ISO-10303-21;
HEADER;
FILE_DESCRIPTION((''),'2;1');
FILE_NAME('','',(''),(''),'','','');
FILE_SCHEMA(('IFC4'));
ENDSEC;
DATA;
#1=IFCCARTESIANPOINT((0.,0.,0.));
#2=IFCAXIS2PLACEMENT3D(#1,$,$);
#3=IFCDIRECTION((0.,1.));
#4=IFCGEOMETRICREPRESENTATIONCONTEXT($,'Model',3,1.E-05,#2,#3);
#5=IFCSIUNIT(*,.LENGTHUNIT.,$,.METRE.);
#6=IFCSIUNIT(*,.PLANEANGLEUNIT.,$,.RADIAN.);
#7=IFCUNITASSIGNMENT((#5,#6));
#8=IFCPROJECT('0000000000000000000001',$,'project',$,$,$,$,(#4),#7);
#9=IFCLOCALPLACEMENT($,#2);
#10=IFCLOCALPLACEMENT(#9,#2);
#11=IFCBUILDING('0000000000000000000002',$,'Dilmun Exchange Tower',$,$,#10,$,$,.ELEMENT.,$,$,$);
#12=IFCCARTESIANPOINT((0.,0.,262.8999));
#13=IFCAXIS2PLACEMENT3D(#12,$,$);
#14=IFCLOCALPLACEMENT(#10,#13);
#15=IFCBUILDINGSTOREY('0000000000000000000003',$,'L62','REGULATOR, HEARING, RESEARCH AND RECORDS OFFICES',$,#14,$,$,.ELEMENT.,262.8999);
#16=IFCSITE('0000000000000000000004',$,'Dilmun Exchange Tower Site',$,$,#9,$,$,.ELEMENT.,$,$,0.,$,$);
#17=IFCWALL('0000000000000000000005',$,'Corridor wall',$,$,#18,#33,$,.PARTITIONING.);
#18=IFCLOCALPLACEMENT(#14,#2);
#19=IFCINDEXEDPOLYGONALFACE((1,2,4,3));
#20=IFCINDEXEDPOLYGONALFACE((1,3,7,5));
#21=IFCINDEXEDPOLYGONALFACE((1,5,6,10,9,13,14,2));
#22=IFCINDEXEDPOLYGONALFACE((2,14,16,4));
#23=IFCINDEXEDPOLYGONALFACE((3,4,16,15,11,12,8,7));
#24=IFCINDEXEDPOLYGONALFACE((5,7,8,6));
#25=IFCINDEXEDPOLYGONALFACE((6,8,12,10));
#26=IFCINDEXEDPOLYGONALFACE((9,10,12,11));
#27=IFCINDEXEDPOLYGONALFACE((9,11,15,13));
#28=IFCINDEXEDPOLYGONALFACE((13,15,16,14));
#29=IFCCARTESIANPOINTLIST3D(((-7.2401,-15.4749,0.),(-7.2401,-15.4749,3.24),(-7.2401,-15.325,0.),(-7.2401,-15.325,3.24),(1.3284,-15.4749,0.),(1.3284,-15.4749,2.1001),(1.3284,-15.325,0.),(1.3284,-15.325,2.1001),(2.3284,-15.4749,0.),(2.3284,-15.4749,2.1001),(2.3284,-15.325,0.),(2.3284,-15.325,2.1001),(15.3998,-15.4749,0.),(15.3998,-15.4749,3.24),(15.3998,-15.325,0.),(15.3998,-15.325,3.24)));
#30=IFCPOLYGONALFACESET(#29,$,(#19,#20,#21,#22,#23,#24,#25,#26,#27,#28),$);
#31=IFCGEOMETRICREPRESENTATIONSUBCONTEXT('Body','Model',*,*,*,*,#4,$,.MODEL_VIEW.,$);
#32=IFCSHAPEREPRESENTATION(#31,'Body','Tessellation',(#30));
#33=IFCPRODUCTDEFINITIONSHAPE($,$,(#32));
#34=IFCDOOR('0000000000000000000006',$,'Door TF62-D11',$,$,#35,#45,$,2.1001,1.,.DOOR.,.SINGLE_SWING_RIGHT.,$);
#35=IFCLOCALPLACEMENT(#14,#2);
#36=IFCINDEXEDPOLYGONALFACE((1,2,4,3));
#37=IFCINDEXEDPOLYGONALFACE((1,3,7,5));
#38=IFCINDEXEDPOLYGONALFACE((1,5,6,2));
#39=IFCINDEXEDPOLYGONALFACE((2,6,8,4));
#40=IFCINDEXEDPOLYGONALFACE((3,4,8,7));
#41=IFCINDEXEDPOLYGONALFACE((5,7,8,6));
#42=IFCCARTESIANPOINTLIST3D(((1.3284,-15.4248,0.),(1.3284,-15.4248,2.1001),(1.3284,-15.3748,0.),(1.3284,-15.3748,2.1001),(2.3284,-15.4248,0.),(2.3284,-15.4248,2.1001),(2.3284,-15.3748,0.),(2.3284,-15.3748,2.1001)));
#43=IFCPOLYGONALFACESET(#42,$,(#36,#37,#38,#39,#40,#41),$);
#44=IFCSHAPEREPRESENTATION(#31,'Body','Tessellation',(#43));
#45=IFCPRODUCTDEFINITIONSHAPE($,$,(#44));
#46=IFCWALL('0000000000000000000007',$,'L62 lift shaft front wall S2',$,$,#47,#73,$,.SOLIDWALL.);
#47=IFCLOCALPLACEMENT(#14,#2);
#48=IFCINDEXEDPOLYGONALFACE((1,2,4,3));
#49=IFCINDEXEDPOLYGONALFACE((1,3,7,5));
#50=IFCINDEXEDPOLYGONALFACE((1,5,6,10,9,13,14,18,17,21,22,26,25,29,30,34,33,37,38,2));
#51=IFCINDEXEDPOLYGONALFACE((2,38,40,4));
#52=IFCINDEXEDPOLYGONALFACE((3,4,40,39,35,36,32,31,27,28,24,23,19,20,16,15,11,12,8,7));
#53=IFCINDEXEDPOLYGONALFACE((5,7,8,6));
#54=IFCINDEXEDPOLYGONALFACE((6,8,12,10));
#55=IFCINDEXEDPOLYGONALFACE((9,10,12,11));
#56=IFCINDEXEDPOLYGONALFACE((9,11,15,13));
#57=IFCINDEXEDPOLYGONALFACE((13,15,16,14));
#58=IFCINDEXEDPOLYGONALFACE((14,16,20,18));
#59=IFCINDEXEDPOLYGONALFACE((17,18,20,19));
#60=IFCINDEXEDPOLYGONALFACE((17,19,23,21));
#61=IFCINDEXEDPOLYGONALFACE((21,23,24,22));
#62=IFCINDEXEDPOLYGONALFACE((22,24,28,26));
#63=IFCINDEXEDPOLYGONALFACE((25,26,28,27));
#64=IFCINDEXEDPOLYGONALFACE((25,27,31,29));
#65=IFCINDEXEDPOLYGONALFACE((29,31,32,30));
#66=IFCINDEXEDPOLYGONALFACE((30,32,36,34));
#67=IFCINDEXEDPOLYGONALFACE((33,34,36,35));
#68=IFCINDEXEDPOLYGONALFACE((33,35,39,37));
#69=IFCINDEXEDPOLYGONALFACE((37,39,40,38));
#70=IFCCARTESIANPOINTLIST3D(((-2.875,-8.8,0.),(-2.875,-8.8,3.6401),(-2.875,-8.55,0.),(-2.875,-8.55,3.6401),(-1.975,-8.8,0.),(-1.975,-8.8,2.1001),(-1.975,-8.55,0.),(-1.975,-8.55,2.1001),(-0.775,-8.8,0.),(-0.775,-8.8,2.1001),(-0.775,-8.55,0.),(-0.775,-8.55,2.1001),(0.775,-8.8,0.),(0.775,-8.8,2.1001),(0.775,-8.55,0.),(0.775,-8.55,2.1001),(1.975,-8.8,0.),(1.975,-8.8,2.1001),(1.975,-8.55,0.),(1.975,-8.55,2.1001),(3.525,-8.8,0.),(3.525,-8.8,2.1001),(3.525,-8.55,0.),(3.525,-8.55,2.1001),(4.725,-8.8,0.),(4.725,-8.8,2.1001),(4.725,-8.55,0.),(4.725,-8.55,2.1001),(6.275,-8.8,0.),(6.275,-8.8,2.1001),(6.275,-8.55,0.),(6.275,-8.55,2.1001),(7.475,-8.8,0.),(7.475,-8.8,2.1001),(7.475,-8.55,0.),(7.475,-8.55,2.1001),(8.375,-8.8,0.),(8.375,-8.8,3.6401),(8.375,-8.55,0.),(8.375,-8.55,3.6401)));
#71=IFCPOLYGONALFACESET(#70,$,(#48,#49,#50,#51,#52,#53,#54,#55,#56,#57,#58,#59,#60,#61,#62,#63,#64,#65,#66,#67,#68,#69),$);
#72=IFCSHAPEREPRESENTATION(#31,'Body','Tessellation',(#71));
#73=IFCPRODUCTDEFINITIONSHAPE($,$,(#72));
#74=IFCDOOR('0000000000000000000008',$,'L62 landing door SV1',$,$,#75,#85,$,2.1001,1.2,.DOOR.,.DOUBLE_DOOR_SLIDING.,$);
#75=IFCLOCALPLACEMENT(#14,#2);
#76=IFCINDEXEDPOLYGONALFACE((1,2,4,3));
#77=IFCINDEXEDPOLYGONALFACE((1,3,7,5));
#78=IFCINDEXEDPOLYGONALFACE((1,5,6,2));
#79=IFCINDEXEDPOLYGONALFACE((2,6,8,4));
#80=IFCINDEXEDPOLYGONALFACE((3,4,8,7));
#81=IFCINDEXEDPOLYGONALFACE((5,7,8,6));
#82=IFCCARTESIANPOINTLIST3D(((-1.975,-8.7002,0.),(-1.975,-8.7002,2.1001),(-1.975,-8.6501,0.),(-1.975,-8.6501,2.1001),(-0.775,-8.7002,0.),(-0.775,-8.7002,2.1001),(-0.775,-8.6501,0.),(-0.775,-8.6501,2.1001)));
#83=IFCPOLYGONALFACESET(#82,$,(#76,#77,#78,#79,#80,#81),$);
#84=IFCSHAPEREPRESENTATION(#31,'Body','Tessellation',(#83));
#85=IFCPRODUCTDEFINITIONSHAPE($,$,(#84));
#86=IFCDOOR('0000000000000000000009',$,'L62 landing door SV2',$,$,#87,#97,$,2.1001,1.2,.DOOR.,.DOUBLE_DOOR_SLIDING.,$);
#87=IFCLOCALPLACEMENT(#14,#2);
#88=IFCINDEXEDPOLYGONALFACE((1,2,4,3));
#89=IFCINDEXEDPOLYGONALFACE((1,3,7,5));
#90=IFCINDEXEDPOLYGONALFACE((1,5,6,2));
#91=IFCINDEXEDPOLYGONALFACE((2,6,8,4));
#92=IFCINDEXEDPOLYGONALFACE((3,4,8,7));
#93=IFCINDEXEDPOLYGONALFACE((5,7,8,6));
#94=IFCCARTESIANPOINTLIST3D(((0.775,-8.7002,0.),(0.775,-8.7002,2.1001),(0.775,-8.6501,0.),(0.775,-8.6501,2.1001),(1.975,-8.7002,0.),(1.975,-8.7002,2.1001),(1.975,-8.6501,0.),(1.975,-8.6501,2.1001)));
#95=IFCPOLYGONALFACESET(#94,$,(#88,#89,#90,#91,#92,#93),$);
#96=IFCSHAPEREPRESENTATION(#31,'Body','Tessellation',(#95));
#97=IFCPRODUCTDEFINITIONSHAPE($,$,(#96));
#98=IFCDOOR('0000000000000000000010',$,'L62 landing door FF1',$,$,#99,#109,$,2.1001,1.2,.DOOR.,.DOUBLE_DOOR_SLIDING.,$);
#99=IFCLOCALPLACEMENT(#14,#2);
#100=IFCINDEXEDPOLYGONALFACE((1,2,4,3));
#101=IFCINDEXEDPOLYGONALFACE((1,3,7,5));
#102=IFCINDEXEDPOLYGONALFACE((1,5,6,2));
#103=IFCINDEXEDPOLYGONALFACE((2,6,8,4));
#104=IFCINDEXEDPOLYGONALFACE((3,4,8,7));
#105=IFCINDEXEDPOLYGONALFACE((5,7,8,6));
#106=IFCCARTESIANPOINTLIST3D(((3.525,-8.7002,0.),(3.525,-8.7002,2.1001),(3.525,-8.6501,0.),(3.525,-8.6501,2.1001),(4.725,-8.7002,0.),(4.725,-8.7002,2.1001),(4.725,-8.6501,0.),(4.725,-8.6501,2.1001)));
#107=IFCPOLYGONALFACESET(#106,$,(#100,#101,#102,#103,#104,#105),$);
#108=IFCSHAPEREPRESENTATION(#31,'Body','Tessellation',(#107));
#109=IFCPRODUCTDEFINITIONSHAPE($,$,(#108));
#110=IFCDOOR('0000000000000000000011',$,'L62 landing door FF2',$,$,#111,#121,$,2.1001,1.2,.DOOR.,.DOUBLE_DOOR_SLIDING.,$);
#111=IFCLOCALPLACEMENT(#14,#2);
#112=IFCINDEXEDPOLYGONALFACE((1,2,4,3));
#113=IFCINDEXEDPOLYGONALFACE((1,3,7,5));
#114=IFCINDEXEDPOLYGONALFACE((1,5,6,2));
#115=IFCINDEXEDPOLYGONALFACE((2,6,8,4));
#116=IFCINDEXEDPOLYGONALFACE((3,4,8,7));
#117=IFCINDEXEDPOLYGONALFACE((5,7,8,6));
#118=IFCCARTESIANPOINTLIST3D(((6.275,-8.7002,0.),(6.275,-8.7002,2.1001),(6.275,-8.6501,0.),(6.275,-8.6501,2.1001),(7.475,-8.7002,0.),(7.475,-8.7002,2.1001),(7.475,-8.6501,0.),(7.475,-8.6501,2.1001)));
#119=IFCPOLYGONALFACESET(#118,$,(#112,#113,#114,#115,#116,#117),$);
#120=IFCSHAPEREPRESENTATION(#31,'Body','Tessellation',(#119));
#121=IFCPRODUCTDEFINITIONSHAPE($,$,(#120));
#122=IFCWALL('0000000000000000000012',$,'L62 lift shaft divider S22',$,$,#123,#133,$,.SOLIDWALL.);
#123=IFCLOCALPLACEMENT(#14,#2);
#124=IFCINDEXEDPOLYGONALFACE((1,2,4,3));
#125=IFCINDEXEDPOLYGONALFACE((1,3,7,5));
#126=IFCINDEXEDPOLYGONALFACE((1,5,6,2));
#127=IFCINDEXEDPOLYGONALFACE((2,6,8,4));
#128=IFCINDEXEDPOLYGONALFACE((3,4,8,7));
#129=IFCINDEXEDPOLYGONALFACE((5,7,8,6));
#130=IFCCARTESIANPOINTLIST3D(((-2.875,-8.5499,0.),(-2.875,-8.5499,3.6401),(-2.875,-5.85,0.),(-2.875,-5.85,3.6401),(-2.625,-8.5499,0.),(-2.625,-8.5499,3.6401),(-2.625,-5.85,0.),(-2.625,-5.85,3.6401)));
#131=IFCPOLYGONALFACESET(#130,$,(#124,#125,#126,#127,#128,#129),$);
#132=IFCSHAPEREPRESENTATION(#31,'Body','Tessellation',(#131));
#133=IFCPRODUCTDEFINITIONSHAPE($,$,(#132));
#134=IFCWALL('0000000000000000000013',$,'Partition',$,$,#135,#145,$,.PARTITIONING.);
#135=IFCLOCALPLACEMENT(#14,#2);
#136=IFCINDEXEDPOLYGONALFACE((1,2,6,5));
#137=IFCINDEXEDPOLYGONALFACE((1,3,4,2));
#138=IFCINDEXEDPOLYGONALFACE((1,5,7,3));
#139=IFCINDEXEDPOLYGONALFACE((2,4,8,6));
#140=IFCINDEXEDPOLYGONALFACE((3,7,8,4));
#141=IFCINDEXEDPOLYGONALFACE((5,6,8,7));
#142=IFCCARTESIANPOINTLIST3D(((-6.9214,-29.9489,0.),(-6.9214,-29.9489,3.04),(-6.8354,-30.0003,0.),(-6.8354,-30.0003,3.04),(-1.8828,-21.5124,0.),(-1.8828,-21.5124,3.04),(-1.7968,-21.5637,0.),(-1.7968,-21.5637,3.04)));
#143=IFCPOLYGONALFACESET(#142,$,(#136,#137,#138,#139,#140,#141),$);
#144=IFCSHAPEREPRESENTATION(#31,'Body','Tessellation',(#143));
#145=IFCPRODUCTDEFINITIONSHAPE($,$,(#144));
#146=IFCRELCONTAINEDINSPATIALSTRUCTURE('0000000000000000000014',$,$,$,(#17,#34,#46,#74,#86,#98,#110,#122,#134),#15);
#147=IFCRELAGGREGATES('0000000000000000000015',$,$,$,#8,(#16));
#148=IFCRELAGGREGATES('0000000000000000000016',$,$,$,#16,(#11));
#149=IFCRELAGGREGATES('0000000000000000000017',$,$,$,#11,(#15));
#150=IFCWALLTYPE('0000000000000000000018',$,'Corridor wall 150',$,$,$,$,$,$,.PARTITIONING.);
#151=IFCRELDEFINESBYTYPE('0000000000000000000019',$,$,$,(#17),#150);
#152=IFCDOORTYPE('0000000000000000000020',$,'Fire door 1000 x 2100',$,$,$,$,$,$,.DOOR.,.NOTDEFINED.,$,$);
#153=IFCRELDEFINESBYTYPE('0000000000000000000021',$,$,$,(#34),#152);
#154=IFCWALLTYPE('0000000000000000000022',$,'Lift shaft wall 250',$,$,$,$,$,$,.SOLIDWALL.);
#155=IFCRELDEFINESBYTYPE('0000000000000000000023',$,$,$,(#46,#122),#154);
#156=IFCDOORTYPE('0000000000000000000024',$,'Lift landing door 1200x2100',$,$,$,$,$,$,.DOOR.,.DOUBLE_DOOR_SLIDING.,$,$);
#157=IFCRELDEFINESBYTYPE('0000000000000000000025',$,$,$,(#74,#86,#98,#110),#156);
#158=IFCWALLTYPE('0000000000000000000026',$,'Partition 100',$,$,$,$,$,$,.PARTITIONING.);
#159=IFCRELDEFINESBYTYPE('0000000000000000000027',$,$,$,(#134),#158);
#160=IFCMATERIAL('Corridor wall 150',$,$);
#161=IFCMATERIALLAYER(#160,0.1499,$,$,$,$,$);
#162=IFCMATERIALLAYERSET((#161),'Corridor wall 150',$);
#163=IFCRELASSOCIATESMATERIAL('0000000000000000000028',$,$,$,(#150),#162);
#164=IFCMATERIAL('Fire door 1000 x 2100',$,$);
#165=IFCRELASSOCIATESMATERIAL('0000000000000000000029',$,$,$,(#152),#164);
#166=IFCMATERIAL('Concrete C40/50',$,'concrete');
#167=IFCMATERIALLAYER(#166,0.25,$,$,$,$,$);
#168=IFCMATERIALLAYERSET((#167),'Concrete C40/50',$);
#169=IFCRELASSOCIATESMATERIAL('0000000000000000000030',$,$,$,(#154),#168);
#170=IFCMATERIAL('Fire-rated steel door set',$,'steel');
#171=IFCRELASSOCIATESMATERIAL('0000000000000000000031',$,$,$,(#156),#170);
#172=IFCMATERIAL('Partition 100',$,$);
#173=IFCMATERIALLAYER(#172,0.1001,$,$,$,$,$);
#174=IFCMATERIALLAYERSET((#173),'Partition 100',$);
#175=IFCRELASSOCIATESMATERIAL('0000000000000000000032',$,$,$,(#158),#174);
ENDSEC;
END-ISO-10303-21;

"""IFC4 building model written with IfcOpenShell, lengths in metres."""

from ifc_helpers import new_model, si_unit, direction, frame, frame_2d, origin, place, context, subcontext, project, spatial, rectangle, extrude, material, layer, layer_set, type_object, element, fill, save


model = new_model("IFC4")

# Units and contexts
model_context = context("Model", 3, precision=1e-05, world=origin(), true_north=direction((0.0, 1.0)))
body_context = subcontext(model_context, "Body", "Model", "MODEL_VIEW")
ifc_project = project(units=[si_unit("LENGTHUNIT", "METRE"), si_unit("PLANEANGLEUNIT", "RADIAN")], contexts=[model_context])

# Site, building, storey
site_placement = place(None, origin())
site = spatial("IfcSite", under=ifc_project, at=site_placement, Name="Dilmun Exchange Tower Site", CompositionType="ELEMENT", RefElevation=0.0)
building_placement = place(site_placement, origin())
building = spatial("IfcBuilding", under=site, at=building_placement, Name="Dilmun Exchange Tower", CompositionType="ELEMENT")
storey_placement = place(building_placement, frame((0.0, 0.0, 262.8999)))
storey = spatial("IfcBuildingStorey", under=building, at=storey_placement, Name="L62", Description="REGULATOR, HEARING, RESEARCH AND RECORDS OFFICES", CompositionType="ELEMENT", Elevation=262.8999)

# Shared definitions
ifc_material_1 = material(Name="Concrete C40/50", Category="concrete")

# Shared definitions
ifc_material_2 = material(Name="Fire-rated steel door set", Category="steel")
ifc_material_3 = material(Name="Corridor wall 150")
ifc_layer_1 = layer(ifc_material_3, 0.1499)
ifc_layer_set_1 = layer_set([ifc_layer_1], Name="Corridor wall 150")
wall_type_1 = type_object("IfcWallType", Name="Corridor wall 150", PredefinedType="PARTITIONING", material=ifc_layer_set_1)
ifc_material_4 = material(Name="Fire door 1000 x 2100")
door_type_1 = type_object("IfcDoorType", Name="Fire door 1000 x 2100", OperationType="NOTDEFINED", PredefinedType="DOOR", material=ifc_material_4)

# Wall, opening, door
wall_1_placement = place(storey_placement, frame((-7.24, -15.3999, 0.0), z_axis=(0.0, 0.0, 1.0), x_axis=(1.0, 0.0, 0.0)))
wall_1 = element("IfcWall", 1, at=wall_1_placement, inside=storey, type_object=wall_type_1, Name="Corridor wall", PredefinedType="PARTITIONING", context=body_context, shape_type="SweptSolid", body=[
    extrude(rectangle(XDim=22.6399, YDim=0.1499, at=frame_2d((11.3198, 0.0))), origin(), (0.0, 0.0, 1.0), 3.24),
])
opening_1_placement = place(wall_1_placement, frame((8.5684, 0.0, 0.0)))
opening_1 = element("IfcOpeningElement", 2, at=opening_1_placement, cuts=wall_1, PredefinedType="OPENING", context=body_context, shape_type="SweptSolid", body=[
    extrude(rectangle(XDim=1.0, YDim=2.1001, at=frame_2d((0.5, 1.05))), frame((0.0, 0.085, 0.0), z_axis=(0.0, -1.0, 0.0), x_axis=(1.0, 0.0, 0.0)), (0.0, 0.0, 1.0), 0.1699),
])
door_1_placement = place(opening_1_placement, frame((1.0, 0.0, 0.0), z_axis=(0.0, 0.0, 1.0), x_axis=(-1.0, 0.0, 0.0)))
door_1 = element("IfcDoor", 3, at=door_1_placement, inside=storey, type_object=door_type_1, Name="Door TF62-D11", OperationType="SINGLE_SWING_RIGHT", OverallHeight=2.1001, OverallWidth=1.0, PredefinedType="DOOR", context=body_context, shape_type="SweptSolid", body=[
    extrude(rectangle(XDim=1.0, YDim=2.1001, at=frame_2d((0.5, 1.05))), frame((0.0, 0.0249, 0.0), z_axis=(0.0, -1.0, 0.0), x_axis=(1.0, 0.0, 0.0)), (0.0, 0.0, 1.0), 0.05),
])
fill(opening_1, door_1)

# Wall, openings, doors
ifc_layer_2 = layer(ifc_material_1, 0.25)
ifc_layer_set_2 = layer_set([ifc_layer_2], Name="Concrete C40/50")
wall_type_2 = type_object("IfcWallType", Name="Lift shaft wall 250", PredefinedType="SOLIDWALL", material=ifc_layer_set_2)
wall_2_placement = place(storey_placement, frame((-2.875, -8.675, 0.0), z_axis=(0.0, 0.0, 1.0), x_axis=(1.0, 0.0, 0.0)))
wall_2 = element("IfcWall", 4, at=wall_2_placement, inside=storey, type_object=wall_type_2, Name="L62 lift shaft front wall S2", PredefinedType="SOLIDWALL", context=body_context, shape_type="SweptSolid", body=[
    extrude(rectangle(XDim=11.25, YDim=0.25, at=frame_2d((5.625, 0.0))), origin(), (0.0, 0.0, 1.0), 3.6401),
])
opening_2_placement = place(wall_2_placement, frame((0.8999, 0.0, 0.0)))
opening_2 = element("IfcOpeningElement", 5, at=opening_2_placement, cuts=wall_2, PredefinedType="OPENING", context=body_context, shape_type="SweptSolid", body=[
    extrude(rectangle(XDim=1.2, YDim=2.1001, at=frame_2d((0.6001, 1.05))), frame((0.0, 0.135, 0.0), z_axis=(0.0, -1.0, 0.0), x_axis=(1.0, 0.0, 0.0)), (0.0, 0.0, 1.0), 0.27),
])
opening_3_placement = place(wall_2_placement, frame((3.6499, 0.0, 0.0)))
opening_3 = element("IfcOpeningElement", 6, at=opening_3_placement, cuts=wall_2, PredefinedType="OPENING", context=body_context, shape_type="SweptSolid", body=[
    extrude(rectangle(XDim=1.2, YDim=2.1001, at=frame_2d((0.6001, 1.05))), frame((0.0, 0.135, 0.0), z_axis=(0.0, -1.0, 0.0), x_axis=(1.0, 0.0, 0.0)), (0.0, 0.0, 1.0), 0.27),
])
opening_4_placement = place(wall_2_placement, frame((6.3999, 0.0, 0.0)))
opening_4 = element("IfcOpeningElement", 7, at=opening_4_placement, cuts=wall_2, PredefinedType="OPENING", context=body_context, shape_type="SweptSolid", body=[
    extrude(rectangle(XDim=1.2, YDim=2.1001, at=frame_2d((0.6001, 1.05))), frame((0.0, 0.135, 0.0), z_axis=(0.0, -1.0, 0.0), x_axis=(1.0, 0.0, 0.0)), (0.0, 0.0, 1.0), 0.27),
])
opening_5_placement = place(wall_2_placement, frame((9.1499, 0.0, 0.0)))
opening_5 = element("IfcOpeningElement", 8, at=opening_5_placement, cuts=wall_2, PredefinedType="OPENING", context=body_context, shape_type="SweptSolid", body=[
    extrude(rectangle(XDim=1.2, YDim=2.1001, at=frame_2d((0.6001, 1.05))), frame((0.0, 0.135, 0.0), z_axis=(0.0, -1.0, 0.0), x_axis=(1.0, 0.0, 0.0)), (0.0, 0.0, 1.0), 0.27),
])
door_type_2 = type_object("IfcDoorType", Name="Lift landing door 1200x2100", OperationType="DOUBLE_DOOR_SLIDING", PredefinedType="DOOR", material=ifc_material_2)
door_2_placement = place(opening_2_placement, origin())
door_2 = element("IfcDoor", 9, at=door_2_placement, inside=storey, type_object=door_type_2, Name="L62 landing door SV1", OperationType="DOUBLE_DOOR_SLIDING", OverallHeight=2.1001, OverallWidth=1.2, PredefinedType="DOOR", context=body_context, shape_type="SweptSolid", body=[
    extrude(rectangle(XDim=1.2, YDim=2.1001, at=frame_2d((0.6001, 1.05))), frame((0.0, 0.0249, 0.0), z_axis=(0.0, -1.0, 0.0), x_axis=(1.0, 0.0, 0.0)), (0.0, 0.0, 1.0), 0.05),
])
fill(opening_2, door_2)
door_3_placement = place(opening_3_placement, origin())
door_3 = element("IfcDoor", 10, at=door_3_placement, inside=storey, type_object=door_type_2, Name="L62 landing door SV2", OperationType="DOUBLE_DOOR_SLIDING", OverallHeight=2.1001, OverallWidth=1.2, PredefinedType="DOOR", context=body_context, shape_type="SweptSolid", body=[
    extrude(rectangle(XDim=1.2, YDim=2.1001, at=frame_2d((0.6001, 1.05))), frame((0.0, 0.0249, 0.0), z_axis=(0.0, -1.0, 0.0), x_axis=(1.0, 0.0, 0.0)), (0.0, 0.0, 1.0), 0.05),
])
fill(opening_3, door_3)
door_4_placement = place(opening_4_placement, origin())
door_4 = element("IfcDoor", 11, at=door_4_placement, inside=storey, type_object=door_type_2, Name="L62 landing door FF1", OperationType="DOUBLE_DOOR_SLIDING", OverallHeight=2.1001, OverallWidth=1.2, PredefinedType="DOOR", context=body_context, shape_type="SweptSolid", body=[
    extrude(rectangle(XDim=1.2, YDim=2.1001, at=frame_2d((0.6001, 1.05))), frame((0.0, 0.0249, 0.0), z_axis=(0.0, -1.0, 0.0), x_axis=(1.0, 0.0, 0.0)), (0.0, 0.0, 1.0), 0.05),
])
fill(opening_4, door_4)
door_5_placement = place(opening_5_placement, origin())
door_5 = element("IfcDoor", 12, at=door_5_placement, inside=storey, type_object=door_type_2, Name="L62 landing door FF2", OperationType="DOUBLE_DOOR_SLIDING", OverallHeight=2.1001, OverallWidth=1.2, PredefinedType="DOOR", context=body_context, shape_type="SweptSolid", body=[
    extrude(rectangle(XDim=1.2, YDim=2.1001, at=frame_2d((0.6001, 1.05))), frame((0.0, 0.0249, 0.0), z_axis=(0.0, -1.0, 0.0), x_axis=(1.0, 0.0, 0.0)), (0.0, 0.0, 1.0), 0.05),
])
fill(opening_5, door_5)

# Walls
wall_3_placement = place(storey_placement, frame((-2.75, -8.55, 0.0), z_axis=(0.0, 0.0, 1.0), x_axis=(0.0, 1.0, 0.0)))
element("IfcWall", 13, at=wall_3_placement, inside=storey, type_object=wall_type_2, Name="L62 lift shaft divider S22", PredefinedType="SOLIDWALL", context=body_context, shape_type="SweptSolid", body=[
    extrude(rectangle(XDim=2.7, YDim=0.25, at=frame_2d((1.3501, 0.0))), origin(), (0.0, 0.0, 1.0), 3.6401),
])
ifc_material_5 = material(Name="Partition 100")
ifc_layer_3 = layer(ifc_material_5, 0.1001)
ifc_layer_set_3 = layer_set([ifc_layer_3], Name="Partition 100")
wall_type_3 = type_object("IfcWallType", Name="Partition 100", PredefinedType="PARTITIONING", material=ifc_layer_set_3)
wall_4_placement = place(storey_placement, frame((-6.8784, -29.9746, 0.0), z_axis=(0.0, 0.0, 1.0), x_axis=(0.512748, 0.858539, 0.0)))
element("IfcWall", 14, at=wall_4_placement, inside=storey, type_object=wall_type_3, Name="Partition", PredefinedType="PARTITIONING", context=body_context, shape_type="SweptSolid", body=[
    extrude(rectangle(XDim=9.8267, YDim=0.1001, at=frame_2d((4.9133, 0.0))), origin(), (0.0, 0.0, 1.0), 3.04),
])

save(model, "model.ifc")
